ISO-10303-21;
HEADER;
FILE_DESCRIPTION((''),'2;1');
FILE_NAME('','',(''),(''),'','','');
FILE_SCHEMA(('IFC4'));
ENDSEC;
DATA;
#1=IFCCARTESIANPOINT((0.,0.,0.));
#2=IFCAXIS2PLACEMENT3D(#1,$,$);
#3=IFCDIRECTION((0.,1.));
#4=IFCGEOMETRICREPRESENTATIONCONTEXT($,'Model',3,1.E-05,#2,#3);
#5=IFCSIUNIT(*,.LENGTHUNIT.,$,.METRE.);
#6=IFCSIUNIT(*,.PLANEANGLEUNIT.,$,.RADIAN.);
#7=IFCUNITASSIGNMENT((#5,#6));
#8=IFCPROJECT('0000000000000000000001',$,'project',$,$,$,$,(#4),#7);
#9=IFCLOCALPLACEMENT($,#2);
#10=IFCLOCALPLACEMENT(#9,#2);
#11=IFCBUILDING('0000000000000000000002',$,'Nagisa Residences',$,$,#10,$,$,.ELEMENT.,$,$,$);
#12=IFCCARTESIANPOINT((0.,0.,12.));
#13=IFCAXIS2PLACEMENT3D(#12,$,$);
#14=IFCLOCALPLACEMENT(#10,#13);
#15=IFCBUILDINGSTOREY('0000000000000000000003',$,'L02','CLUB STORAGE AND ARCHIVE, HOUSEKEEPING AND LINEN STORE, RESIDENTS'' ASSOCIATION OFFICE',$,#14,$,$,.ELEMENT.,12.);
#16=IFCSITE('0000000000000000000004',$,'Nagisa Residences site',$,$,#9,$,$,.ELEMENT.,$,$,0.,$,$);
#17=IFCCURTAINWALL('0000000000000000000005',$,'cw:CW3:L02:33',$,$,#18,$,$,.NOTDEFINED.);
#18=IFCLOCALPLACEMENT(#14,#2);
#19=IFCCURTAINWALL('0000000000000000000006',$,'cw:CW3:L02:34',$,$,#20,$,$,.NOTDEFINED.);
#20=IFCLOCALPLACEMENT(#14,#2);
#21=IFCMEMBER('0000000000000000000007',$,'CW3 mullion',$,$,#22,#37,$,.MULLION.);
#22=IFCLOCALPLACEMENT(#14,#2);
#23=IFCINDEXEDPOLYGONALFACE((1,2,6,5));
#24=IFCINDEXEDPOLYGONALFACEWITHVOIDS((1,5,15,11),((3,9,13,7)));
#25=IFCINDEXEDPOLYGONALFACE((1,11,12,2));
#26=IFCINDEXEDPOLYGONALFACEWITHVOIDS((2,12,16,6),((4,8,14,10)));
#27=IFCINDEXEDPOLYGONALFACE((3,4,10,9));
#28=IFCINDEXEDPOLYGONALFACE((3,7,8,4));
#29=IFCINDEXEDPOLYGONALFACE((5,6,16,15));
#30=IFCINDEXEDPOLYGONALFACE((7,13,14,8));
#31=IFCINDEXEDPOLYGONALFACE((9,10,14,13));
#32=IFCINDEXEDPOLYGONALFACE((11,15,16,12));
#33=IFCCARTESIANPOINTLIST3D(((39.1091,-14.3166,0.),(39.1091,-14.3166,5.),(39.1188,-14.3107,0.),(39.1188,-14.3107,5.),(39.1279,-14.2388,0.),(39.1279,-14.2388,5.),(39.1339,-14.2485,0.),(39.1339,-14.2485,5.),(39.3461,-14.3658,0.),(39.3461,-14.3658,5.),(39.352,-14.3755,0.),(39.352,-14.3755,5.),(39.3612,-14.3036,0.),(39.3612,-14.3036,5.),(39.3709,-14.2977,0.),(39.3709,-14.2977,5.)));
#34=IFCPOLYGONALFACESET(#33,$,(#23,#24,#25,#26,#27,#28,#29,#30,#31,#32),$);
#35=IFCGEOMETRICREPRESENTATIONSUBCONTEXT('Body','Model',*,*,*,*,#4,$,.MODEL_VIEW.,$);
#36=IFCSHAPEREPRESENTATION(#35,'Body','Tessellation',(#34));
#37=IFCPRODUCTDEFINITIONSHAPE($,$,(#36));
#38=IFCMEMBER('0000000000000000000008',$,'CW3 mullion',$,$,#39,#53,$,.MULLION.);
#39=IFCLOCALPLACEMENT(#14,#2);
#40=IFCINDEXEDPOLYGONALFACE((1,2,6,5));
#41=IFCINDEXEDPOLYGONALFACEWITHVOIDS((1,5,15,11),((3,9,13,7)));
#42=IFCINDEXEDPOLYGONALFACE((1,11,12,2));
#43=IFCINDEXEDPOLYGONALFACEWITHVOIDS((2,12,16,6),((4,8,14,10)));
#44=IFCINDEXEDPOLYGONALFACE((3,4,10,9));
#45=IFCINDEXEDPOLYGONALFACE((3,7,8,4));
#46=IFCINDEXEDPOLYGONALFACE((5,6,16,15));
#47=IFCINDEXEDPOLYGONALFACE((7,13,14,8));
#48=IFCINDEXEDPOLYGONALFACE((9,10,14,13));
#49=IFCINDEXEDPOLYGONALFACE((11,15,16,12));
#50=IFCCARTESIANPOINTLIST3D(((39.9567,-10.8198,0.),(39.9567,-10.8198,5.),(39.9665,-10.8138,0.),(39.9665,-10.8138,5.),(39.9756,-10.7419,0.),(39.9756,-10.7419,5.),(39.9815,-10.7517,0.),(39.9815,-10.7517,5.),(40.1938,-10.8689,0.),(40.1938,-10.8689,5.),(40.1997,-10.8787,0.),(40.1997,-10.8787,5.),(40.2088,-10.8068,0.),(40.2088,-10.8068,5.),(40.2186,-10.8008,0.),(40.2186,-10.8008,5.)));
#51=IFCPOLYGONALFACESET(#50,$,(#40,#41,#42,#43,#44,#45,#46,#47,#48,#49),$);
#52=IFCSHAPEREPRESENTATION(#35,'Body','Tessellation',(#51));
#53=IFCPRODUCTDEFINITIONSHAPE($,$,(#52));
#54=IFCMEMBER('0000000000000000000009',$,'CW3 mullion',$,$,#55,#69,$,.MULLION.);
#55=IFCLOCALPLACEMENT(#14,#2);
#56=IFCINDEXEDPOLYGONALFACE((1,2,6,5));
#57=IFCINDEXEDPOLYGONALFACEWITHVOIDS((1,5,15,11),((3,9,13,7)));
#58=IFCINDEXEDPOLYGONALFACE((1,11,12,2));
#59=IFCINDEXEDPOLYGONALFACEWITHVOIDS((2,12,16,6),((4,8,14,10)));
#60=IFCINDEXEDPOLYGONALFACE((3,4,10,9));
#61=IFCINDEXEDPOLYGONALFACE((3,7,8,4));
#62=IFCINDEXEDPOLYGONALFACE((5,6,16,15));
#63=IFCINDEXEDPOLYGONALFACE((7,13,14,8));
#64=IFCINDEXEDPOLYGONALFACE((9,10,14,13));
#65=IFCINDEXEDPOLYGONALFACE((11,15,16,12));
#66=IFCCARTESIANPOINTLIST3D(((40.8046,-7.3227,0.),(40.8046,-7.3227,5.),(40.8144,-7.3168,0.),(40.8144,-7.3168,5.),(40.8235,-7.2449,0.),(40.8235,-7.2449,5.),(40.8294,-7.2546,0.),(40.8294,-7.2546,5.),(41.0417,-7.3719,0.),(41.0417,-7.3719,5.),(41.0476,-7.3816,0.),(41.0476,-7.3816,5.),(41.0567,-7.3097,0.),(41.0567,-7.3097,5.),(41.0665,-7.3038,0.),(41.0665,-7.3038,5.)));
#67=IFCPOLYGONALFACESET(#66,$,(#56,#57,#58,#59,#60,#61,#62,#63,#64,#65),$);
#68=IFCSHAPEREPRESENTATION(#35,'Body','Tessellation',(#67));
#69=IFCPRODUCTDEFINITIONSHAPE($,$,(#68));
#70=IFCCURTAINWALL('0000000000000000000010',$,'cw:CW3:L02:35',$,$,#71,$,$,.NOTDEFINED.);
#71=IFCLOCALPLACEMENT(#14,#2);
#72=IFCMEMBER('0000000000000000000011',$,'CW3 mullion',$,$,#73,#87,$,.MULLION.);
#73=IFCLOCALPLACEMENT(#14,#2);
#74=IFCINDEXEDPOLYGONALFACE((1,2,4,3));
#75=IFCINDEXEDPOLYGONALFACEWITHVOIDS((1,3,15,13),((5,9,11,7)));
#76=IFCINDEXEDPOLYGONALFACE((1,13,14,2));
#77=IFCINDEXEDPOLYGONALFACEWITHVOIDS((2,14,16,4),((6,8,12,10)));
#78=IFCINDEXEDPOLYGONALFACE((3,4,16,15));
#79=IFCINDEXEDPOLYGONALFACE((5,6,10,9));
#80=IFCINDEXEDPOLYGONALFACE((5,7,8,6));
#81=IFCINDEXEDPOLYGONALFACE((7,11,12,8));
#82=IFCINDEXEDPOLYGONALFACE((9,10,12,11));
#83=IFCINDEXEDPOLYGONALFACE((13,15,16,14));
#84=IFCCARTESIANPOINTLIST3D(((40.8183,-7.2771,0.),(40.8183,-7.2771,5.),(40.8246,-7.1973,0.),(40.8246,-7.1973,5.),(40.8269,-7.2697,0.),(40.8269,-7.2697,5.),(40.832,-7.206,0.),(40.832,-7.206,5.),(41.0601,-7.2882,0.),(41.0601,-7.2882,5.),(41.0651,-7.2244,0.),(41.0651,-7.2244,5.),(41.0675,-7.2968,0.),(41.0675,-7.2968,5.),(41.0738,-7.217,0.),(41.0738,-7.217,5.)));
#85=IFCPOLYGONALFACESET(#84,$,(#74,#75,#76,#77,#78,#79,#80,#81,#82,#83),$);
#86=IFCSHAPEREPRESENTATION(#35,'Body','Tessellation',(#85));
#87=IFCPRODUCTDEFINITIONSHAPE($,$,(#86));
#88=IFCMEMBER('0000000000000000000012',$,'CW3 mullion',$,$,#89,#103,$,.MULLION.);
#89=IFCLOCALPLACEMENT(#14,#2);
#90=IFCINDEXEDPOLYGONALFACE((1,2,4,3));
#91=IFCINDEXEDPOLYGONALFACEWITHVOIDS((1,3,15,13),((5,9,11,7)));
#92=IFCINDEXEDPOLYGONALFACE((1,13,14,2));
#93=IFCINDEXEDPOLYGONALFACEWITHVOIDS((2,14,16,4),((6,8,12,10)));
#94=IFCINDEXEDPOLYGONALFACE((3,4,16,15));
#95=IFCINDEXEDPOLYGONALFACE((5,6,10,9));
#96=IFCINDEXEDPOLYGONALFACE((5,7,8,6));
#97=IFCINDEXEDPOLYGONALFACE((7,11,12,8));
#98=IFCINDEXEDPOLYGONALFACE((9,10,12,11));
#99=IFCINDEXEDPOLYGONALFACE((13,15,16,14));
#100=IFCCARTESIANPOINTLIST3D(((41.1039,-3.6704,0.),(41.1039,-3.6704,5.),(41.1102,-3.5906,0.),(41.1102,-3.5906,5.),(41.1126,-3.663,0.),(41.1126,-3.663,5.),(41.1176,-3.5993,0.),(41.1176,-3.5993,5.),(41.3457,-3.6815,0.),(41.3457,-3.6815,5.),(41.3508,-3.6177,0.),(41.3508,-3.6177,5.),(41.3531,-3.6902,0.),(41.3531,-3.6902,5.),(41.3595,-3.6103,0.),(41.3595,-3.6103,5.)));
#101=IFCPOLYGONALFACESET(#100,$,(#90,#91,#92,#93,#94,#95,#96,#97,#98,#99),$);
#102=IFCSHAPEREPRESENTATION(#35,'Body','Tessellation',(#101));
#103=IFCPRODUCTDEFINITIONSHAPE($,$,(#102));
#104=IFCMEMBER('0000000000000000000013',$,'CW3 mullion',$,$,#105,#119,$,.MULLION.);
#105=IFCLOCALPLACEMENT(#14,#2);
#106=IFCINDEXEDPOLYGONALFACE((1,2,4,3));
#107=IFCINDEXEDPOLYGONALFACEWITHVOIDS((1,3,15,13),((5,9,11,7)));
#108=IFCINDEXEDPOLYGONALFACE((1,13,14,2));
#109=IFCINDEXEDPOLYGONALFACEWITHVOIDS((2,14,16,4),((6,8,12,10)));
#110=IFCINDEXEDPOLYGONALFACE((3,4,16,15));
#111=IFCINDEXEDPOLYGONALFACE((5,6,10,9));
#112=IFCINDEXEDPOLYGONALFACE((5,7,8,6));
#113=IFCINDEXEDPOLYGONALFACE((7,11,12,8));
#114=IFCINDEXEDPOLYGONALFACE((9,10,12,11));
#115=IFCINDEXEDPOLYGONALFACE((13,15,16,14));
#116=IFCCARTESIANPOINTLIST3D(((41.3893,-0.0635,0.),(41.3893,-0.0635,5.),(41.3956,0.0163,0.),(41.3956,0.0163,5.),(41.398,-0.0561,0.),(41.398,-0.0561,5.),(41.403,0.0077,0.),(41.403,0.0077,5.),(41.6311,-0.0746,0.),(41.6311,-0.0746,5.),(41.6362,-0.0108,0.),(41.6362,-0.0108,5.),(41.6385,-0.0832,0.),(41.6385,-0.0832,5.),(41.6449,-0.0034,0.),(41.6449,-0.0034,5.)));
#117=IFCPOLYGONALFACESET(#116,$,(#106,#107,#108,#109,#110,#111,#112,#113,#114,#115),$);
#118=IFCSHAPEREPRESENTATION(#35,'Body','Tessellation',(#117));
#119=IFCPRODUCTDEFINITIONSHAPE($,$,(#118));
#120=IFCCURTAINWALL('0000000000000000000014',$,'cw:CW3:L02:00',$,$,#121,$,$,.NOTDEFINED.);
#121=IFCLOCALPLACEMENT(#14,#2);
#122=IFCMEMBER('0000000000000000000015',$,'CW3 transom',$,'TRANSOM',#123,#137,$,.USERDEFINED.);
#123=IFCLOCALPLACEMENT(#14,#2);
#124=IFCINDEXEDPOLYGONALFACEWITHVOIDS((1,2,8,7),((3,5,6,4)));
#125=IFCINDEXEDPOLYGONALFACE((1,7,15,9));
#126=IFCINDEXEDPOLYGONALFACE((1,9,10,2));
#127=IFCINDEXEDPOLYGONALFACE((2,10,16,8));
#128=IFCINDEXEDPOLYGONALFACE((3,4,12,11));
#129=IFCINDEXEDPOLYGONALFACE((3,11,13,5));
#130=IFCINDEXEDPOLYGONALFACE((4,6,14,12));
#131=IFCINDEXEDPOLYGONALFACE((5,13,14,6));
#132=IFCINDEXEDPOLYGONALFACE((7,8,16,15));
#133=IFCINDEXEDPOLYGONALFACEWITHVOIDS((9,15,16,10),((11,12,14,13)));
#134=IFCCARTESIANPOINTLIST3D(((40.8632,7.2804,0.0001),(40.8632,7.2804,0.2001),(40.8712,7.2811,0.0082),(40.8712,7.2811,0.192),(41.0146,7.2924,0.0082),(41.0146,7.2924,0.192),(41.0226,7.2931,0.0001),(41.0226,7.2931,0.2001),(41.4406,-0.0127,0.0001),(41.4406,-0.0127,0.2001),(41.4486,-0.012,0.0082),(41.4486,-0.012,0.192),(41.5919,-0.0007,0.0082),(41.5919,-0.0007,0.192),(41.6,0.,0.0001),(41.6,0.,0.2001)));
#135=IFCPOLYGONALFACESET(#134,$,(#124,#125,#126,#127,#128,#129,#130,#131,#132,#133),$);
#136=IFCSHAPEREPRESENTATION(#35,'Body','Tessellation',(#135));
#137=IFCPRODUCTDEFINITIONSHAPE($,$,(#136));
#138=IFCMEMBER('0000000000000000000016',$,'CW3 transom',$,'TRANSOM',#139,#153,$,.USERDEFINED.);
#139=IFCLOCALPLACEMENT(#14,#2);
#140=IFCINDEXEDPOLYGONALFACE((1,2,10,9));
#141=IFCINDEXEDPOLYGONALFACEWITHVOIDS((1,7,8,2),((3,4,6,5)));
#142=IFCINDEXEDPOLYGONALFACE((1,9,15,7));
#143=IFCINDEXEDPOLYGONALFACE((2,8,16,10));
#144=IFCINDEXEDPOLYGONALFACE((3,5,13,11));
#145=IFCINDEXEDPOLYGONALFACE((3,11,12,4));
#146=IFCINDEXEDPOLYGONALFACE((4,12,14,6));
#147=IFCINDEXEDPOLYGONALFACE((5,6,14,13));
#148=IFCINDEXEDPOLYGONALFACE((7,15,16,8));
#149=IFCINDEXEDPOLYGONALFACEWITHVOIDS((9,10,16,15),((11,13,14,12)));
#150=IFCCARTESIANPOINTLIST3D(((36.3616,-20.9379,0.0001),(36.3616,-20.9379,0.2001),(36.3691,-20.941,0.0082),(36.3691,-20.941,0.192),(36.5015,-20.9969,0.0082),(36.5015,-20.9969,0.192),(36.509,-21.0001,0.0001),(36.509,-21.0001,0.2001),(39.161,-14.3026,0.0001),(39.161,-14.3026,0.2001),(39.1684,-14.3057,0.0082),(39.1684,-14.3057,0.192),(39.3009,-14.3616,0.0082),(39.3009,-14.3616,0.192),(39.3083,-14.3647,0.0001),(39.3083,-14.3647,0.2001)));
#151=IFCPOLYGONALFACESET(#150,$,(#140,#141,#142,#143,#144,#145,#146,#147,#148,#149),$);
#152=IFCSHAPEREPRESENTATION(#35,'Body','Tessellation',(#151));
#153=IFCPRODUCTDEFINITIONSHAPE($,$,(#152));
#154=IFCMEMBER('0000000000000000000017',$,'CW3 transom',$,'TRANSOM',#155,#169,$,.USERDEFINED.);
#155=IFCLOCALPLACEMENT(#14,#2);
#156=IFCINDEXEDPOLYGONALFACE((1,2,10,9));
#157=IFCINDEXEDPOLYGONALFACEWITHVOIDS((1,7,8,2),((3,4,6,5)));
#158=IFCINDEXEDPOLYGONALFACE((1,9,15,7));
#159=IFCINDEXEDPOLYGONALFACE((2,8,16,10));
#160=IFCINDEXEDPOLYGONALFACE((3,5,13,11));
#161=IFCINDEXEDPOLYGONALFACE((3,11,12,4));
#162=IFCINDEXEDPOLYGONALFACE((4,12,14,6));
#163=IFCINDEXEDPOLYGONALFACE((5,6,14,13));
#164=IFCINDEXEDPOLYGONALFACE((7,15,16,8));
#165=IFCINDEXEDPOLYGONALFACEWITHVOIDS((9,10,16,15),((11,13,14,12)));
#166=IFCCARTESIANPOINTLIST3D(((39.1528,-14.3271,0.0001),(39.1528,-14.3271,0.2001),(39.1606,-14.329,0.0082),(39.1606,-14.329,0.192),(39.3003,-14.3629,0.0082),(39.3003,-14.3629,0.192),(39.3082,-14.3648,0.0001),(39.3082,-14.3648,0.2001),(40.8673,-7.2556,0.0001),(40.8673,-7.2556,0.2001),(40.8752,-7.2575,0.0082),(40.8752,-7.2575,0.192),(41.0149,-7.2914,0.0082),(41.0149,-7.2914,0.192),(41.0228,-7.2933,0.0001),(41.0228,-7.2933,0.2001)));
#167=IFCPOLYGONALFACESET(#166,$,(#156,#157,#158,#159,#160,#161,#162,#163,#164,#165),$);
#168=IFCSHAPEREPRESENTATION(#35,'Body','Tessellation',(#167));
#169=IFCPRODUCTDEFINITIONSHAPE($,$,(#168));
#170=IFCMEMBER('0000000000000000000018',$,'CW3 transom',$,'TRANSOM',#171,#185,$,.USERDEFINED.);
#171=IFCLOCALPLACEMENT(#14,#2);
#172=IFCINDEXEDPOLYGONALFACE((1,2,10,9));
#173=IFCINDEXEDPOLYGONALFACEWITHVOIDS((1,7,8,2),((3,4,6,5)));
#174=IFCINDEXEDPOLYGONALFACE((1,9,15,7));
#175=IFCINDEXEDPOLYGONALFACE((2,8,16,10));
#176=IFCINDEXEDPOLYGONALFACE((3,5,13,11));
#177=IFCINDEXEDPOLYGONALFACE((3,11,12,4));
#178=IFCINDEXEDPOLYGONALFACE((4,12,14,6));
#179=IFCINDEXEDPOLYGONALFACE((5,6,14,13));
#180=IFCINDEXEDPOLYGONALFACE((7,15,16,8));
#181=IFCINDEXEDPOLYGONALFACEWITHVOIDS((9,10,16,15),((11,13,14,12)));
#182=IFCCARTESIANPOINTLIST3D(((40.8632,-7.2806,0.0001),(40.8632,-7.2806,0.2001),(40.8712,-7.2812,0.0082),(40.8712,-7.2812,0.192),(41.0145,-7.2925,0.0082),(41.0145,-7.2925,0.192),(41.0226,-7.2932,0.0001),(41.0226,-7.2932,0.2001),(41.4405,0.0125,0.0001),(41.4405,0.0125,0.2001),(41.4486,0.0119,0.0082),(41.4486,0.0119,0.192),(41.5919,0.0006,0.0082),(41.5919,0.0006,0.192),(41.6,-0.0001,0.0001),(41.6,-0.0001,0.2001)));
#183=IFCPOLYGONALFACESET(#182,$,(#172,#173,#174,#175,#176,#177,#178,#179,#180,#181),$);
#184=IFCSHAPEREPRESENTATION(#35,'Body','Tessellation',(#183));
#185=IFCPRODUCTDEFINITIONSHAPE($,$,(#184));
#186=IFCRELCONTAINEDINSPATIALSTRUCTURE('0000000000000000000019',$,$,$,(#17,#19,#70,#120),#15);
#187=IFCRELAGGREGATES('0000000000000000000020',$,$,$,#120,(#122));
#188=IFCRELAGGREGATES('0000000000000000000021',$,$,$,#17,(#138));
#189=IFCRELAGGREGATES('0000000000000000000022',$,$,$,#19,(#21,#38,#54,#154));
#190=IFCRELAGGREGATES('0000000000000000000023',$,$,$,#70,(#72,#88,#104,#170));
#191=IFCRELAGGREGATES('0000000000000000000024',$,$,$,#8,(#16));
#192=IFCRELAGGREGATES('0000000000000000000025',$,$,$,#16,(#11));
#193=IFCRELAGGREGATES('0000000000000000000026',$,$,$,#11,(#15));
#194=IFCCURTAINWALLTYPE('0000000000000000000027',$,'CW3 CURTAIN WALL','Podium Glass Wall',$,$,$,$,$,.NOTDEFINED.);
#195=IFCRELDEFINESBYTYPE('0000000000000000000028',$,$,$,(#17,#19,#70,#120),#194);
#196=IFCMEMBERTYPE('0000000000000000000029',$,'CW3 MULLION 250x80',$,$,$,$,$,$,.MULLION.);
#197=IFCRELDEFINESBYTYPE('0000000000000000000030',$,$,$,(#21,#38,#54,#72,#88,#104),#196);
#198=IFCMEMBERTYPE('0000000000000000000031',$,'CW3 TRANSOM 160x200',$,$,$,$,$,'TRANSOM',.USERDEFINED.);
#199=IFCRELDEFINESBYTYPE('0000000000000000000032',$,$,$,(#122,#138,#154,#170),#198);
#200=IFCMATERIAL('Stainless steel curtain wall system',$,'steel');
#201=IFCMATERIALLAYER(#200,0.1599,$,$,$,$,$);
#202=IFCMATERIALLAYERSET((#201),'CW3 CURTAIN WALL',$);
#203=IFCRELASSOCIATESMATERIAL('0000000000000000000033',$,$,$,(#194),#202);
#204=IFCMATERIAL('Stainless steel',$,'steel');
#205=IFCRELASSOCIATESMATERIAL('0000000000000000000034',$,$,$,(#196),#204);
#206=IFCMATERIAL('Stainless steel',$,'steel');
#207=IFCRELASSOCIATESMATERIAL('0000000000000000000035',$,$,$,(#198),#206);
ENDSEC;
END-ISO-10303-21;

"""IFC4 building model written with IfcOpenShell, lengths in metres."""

from ifc_helpers import new_model, si_unit, direction, frame, origin, origin_2d, place, context, subcontext, project, spatial, hollow_rectangle, extrude, material, layer, layer_set, material_profile, profile_set, type_object, element, aggregate, save


model = new_model("IFC4")

# Units and contexts
model_context = context("Model", 3, precision=1e-05, world=origin(), true_north=direction((0.0, 1.0)))
body_context = subcontext(model_context, "Body", "Model", "MODEL_VIEW")
ifc_project = project(units=[si_unit("LENGTHUNIT", "METRE"), si_unit("PLANEANGLEUNIT", "RADIAN")], contexts=[model_context])

# Site, building, storey
site_placement = place(None, origin())
site = spatial("IfcSite", under=ifc_project, at=site_placement, Name="Nagisa Residences site", CompositionType="ELEMENT", RefElevation=0.0)
building_placement = place(site_placement, origin())
building = spatial("IfcBuilding", under=site, at=building_placement, Name="Nagisa Residences", CompositionType="ELEMENT")
storey_placement = place(building_placement, frame((0.0, 0.0, 12.0)))
storey = spatial("IfcBuildingStorey", under=building, at=storey_placement, Name="L02", Description="CLUB STORAGE AND ARCHIVE, HOUSEKEEPING AND LINEN STORE, RESIDENTS' ASSOCIATION OFFICE", CompositionType="ELEMENT", Elevation=12.0)

# Shared definitions
ifc_material_1 = material(Name="Stainless steel curtain wall system", Category="steel")
ifc_layer_1 = layer(ifc_material_1, 0.1599)
ifc_layer_set_1 = layer_set([ifc_layer_1], Name="CW3 CURTAIN WALL")
curtain_wall_type_1 = type_object("IfcCurtainWallType", Name="CW3 CURTAIN WALL", Description="Podium Glass Wall", PredefinedType="NOTDEFINED", material=ifc_layer_set_1)
ifc_material_2 = material(Name="Stainless steel", Category="steel")
ifc_material_profile_1 = material_profile(ifc_material_2, hollow_rectangle(XDim=0.25, YDim=0.0801, WallThickness=0.0081, at=origin_2d()), Name="CW3 MULLION 250x80")
ifc_profile_set_1 = profile_set([ifc_material_profile_1], Name="Stainless steel")
member_type_1 = type_object("IfcMemberType", Name="CW3 MULLION 250x80", PredefinedType="MULLION", material=ifc_profile_set_1)

# Curtain walls, members
curtain_wall_1_placement = place(storey_placement, origin())
curtain_wall_1 = element("IfcCurtainWall", 1, at=curtain_wall_1_placement, inside=storey, type_object=curtain_wall_type_1, Name="cw:CW3:L02:33", PredefinedType="NOTDEFINED")
curtain_wall_2_placement = place(storey_placement, origin())
curtain_wall_2 = element("IfcCurtainWall", 2, at=curtain_wall_2_placement, inside=storey, type_object=curtain_wall_type_1, Name="cw:CW3:L02:34", PredefinedType="NOTDEFINED")
member_1_placement = place(storey_placement, frame((39.24, -14.3071, 0.0), z_axis=(0.0, 0.0, 1.0), x_axis=(-0.971849, 0.235606, 0.0)))
member_1 = element("IfcMember", 3, at=member_1_placement, type_object=member_type_1, Name="CW3 mullion", PredefinedType="MULLION", context=body_context, shape_type="SweptSolid", body=[
    extrude(hollow_rectangle(XDim=0.25, YDim=0.0801, WallThickness=0.0081, at=origin_2d()), origin(), (0.0, 0.0, 1.0), 5.0),
])
member_2_placement = place(storey_placement, frame((40.0876, -10.8103, 0.0), z_axis=(0.0, 0.0, 1.0), x_axis=(-0.971849, 0.235606, 0.0)))
member_2 = element("IfcMember", 4, at=member_2_placement, type_object=member_type_1, Name="CW3 mullion", PredefinedType="MULLION", context=body_context, shape_type="SweptSolid", body=[
    extrude(hollow_rectangle(XDim=0.25, YDim=0.0801, WallThickness=0.0081, at=origin_2d()), origin(), (0.0, 0.0, 1.0), 5.0),
])
member_3_placement = place(storey_placement, frame((40.9355, -7.3132, 0.0), z_axis=(0.0, 0.0, 1.0), x_axis=(-0.971849, 0.235606, 0.0)))
member_3 = element("IfcMember", 5, at=member_3_placement, type_object=member_type_1, Name="CW3 mullion", PredefinedType="MULLION", context=body_context, shape_type="SweptSolid", body=[
    extrude(hollow_rectangle(XDim=0.25, YDim=0.0801, WallThickness=0.0081, at=origin_2d()), origin(), (0.0, 0.0, 1.0), 5.0),
])
curtain_wall_3_placement = place(storey_placement, origin())
curtain_wall_3 = element("IfcCurtainWall", 6, at=curtain_wall_3_placement, inside=storey, type_object=curtain_wall_type_1, Name="cw:CW3:L02:35", PredefinedType="NOTDEFINED")
member_4_placement = place(storey_placement, frame((40.946, -7.2471, 0.0), z_axis=(0.0, 0.0, 1.0), x_axis=(-0.996882, 0.07891, 0.0)))
member_4 = element("IfcMember", 7, at=member_4_placement, type_object=member_type_1, Name="CW3 mullion", PredefinedType="MULLION", context=body_context, shape_type="SweptSolid", body=[
    extrude(hollow_rectangle(XDim=0.25, YDim=0.0801, WallThickness=0.0081, at=origin_2d()), origin(), (0.0, 0.0, 1.0), 5.0),
])
member_5_placement = place(storey_placement, frame((41.2317, -3.6404, 0.0), z_axis=(0.0, 0.0, 1.0), x_axis=(-0.996882, 0.07891, 0.0)))
member_5 = element("IfcMember", 8, at=member_5_placement, type_object=member_type_1, Name="CW3 mullion", PredefinedType="MULLION", context=body_context, shape_type="SweptSolid", body=[
    extrude(hollow_rectangle(XDim=0.25, YDim=0.0801, WallThickness=0.0081, at=origin_2d()), origin(), (0.0, 0.0, 1.0), 5.0),
])
member_6_placement = place(storey_placement, frame((41.5171, -0.0334, 0.0), z_axis=(0.0, 0.0, 1.0), x_axis=(-0.996882, 0.07891, 0.0)))
member_6 = element("IfcMember", 9, at=member_6_placement, type_object=member_type_1, Name="CW3 mullion", PredefinedType="MULLION", context=body_context, shape_type="SweptSolid", body=[
    extrude(hollow_rectangle(XDim=0.25, YDim=0.0801, WallThickness=0.0081, at=origin_2d()), origin(), (0.0, 0.0, 1.0), 5.0),
])

# Curtain wall, member
curtain_wall_4_placement = place(storey_placement, origin())
curtain_wall_4 = element("IfcCurtainWall", 10, at=curtain_wall_4_placement, inside=storey, type_object=curtain_wall_type_1, Name="cw:CW3:L02:00", PredefinedType="NOTDEFINED")
ifc_material_3 = material(Name="Stainless steel", Category="steel")
ifc_material_profile_2 = material_profile(ifc_material_3, hollow_rectangle(XDim=0.1599, YDim=0.2, WallThickness=0.0081, at=origin_2d()), Name="CW3 TRANSOM 160x200")
ifc_profile_set_2 = profile_set([ifc_material_profile_2], Name="Stainless steel")
member_type_2 = type_object("IfcMemberType", Name="CW3 TRANSOM 160x200", ElementType="TRANSOM", PredefinedType="USERDEFINED", material=ifc_profile_set_2)
member_7_placement = place(storey_placement, frame((41.5203, -0.0063, 0.1001), z_axis=(-0.078922, 0.996881, 0.0), x_axis=(-0.996881, -0.078922, 0.0)))
member_7 = element("IfcMember", 11, at=member_7_placement, type_object=member_type_2, Name="CW3 transom", ObjectType="TRANSOM", PredefinedType="USERDEFINED", context=body_context, shape_type="SweptSolid", body=[
    extrude(hollow_rectangle(XDim=0.1599, YDim=0.2, WallThickness=0.0081, at=origin_2d()), origin(), (0.0, 0.0, 1.0), 7.3159),
])
aggregate(curtain_wall_4, [member_7])

# Members
member_8_placement = place(storey_placement, frame((36.4353, -20.969, 0.1001), z_axis=(0.388709, 0.921361, 0.0), x_axis=(-0.921361, 0.388709, 0.0)))
member_8 = element("IfcMember", 12, at=member_8_placement, type_object=member_type_2, Name="CW3 transom", ObjectType="TRANSOM", PredefinedType="USERDEFINED", context=body_context, shape_type="SweptSolid", body=[
    extrude(hollow_rectangle(XDim=0.1599, YDim=0.2, WallThickness=0.0081, at=origin_2d()), origin(), (0.0, 0.0, 1.0), 7.2017),
])
member_9_placement = place(storey_placement, frame((39.2305, -14.3459, 0.1001), z_axis=(0.235637, 0.971841, 0.0), x_axis=(-0.971841, 0.235637, 0.0)))
member_9 = element("IfcMember", 13, at=member_9_placement, type_object=member_type_2, Name="CW3 transom", ObjectType="TRANSOM", PredefinedType="USERDEFINED", context=body_context, shape_type="SweptSolid", body=[
    extrude(hollow_rectangle(XDim=0.1599, YDim=0.2, WallThickness=0.0081, at=origin_2d()), origin(), (0.0, 0.0, 1.0), 7.2764),
])
member_10_placement = place(storey_placement, frame((40.9429, -7.2869, 0.1001), z_axis=(0.078922, 0.996881, 0.0), x_axis=(-0.996881, 0.078922, 0.0)))
member_10 = element("IfcMember", 14, at=member_10_placement, type_object=member_type_2, Name="CW3 transom", ObjectType="TRANSOM", PredefinedType="USERDEFINED", context=body_context, shape_type="SweptSolid", body=[
    extrude(hollow_rectangle(XDim=0.1599, YDim=0.2, WallThickness=0.0081, at=origin_2d()), origin(), (0.0, 0.0, 1.0), 7.3159),
])

aggregate(curtain_wall_1, [member_8])
aggregate(curtain_wall_2, [member_1, member_2, member_3, member_9])
aggregate(curtain_wall_3, [member_4, member_5, member_6, member_10])

save(model, "model.ifc")
